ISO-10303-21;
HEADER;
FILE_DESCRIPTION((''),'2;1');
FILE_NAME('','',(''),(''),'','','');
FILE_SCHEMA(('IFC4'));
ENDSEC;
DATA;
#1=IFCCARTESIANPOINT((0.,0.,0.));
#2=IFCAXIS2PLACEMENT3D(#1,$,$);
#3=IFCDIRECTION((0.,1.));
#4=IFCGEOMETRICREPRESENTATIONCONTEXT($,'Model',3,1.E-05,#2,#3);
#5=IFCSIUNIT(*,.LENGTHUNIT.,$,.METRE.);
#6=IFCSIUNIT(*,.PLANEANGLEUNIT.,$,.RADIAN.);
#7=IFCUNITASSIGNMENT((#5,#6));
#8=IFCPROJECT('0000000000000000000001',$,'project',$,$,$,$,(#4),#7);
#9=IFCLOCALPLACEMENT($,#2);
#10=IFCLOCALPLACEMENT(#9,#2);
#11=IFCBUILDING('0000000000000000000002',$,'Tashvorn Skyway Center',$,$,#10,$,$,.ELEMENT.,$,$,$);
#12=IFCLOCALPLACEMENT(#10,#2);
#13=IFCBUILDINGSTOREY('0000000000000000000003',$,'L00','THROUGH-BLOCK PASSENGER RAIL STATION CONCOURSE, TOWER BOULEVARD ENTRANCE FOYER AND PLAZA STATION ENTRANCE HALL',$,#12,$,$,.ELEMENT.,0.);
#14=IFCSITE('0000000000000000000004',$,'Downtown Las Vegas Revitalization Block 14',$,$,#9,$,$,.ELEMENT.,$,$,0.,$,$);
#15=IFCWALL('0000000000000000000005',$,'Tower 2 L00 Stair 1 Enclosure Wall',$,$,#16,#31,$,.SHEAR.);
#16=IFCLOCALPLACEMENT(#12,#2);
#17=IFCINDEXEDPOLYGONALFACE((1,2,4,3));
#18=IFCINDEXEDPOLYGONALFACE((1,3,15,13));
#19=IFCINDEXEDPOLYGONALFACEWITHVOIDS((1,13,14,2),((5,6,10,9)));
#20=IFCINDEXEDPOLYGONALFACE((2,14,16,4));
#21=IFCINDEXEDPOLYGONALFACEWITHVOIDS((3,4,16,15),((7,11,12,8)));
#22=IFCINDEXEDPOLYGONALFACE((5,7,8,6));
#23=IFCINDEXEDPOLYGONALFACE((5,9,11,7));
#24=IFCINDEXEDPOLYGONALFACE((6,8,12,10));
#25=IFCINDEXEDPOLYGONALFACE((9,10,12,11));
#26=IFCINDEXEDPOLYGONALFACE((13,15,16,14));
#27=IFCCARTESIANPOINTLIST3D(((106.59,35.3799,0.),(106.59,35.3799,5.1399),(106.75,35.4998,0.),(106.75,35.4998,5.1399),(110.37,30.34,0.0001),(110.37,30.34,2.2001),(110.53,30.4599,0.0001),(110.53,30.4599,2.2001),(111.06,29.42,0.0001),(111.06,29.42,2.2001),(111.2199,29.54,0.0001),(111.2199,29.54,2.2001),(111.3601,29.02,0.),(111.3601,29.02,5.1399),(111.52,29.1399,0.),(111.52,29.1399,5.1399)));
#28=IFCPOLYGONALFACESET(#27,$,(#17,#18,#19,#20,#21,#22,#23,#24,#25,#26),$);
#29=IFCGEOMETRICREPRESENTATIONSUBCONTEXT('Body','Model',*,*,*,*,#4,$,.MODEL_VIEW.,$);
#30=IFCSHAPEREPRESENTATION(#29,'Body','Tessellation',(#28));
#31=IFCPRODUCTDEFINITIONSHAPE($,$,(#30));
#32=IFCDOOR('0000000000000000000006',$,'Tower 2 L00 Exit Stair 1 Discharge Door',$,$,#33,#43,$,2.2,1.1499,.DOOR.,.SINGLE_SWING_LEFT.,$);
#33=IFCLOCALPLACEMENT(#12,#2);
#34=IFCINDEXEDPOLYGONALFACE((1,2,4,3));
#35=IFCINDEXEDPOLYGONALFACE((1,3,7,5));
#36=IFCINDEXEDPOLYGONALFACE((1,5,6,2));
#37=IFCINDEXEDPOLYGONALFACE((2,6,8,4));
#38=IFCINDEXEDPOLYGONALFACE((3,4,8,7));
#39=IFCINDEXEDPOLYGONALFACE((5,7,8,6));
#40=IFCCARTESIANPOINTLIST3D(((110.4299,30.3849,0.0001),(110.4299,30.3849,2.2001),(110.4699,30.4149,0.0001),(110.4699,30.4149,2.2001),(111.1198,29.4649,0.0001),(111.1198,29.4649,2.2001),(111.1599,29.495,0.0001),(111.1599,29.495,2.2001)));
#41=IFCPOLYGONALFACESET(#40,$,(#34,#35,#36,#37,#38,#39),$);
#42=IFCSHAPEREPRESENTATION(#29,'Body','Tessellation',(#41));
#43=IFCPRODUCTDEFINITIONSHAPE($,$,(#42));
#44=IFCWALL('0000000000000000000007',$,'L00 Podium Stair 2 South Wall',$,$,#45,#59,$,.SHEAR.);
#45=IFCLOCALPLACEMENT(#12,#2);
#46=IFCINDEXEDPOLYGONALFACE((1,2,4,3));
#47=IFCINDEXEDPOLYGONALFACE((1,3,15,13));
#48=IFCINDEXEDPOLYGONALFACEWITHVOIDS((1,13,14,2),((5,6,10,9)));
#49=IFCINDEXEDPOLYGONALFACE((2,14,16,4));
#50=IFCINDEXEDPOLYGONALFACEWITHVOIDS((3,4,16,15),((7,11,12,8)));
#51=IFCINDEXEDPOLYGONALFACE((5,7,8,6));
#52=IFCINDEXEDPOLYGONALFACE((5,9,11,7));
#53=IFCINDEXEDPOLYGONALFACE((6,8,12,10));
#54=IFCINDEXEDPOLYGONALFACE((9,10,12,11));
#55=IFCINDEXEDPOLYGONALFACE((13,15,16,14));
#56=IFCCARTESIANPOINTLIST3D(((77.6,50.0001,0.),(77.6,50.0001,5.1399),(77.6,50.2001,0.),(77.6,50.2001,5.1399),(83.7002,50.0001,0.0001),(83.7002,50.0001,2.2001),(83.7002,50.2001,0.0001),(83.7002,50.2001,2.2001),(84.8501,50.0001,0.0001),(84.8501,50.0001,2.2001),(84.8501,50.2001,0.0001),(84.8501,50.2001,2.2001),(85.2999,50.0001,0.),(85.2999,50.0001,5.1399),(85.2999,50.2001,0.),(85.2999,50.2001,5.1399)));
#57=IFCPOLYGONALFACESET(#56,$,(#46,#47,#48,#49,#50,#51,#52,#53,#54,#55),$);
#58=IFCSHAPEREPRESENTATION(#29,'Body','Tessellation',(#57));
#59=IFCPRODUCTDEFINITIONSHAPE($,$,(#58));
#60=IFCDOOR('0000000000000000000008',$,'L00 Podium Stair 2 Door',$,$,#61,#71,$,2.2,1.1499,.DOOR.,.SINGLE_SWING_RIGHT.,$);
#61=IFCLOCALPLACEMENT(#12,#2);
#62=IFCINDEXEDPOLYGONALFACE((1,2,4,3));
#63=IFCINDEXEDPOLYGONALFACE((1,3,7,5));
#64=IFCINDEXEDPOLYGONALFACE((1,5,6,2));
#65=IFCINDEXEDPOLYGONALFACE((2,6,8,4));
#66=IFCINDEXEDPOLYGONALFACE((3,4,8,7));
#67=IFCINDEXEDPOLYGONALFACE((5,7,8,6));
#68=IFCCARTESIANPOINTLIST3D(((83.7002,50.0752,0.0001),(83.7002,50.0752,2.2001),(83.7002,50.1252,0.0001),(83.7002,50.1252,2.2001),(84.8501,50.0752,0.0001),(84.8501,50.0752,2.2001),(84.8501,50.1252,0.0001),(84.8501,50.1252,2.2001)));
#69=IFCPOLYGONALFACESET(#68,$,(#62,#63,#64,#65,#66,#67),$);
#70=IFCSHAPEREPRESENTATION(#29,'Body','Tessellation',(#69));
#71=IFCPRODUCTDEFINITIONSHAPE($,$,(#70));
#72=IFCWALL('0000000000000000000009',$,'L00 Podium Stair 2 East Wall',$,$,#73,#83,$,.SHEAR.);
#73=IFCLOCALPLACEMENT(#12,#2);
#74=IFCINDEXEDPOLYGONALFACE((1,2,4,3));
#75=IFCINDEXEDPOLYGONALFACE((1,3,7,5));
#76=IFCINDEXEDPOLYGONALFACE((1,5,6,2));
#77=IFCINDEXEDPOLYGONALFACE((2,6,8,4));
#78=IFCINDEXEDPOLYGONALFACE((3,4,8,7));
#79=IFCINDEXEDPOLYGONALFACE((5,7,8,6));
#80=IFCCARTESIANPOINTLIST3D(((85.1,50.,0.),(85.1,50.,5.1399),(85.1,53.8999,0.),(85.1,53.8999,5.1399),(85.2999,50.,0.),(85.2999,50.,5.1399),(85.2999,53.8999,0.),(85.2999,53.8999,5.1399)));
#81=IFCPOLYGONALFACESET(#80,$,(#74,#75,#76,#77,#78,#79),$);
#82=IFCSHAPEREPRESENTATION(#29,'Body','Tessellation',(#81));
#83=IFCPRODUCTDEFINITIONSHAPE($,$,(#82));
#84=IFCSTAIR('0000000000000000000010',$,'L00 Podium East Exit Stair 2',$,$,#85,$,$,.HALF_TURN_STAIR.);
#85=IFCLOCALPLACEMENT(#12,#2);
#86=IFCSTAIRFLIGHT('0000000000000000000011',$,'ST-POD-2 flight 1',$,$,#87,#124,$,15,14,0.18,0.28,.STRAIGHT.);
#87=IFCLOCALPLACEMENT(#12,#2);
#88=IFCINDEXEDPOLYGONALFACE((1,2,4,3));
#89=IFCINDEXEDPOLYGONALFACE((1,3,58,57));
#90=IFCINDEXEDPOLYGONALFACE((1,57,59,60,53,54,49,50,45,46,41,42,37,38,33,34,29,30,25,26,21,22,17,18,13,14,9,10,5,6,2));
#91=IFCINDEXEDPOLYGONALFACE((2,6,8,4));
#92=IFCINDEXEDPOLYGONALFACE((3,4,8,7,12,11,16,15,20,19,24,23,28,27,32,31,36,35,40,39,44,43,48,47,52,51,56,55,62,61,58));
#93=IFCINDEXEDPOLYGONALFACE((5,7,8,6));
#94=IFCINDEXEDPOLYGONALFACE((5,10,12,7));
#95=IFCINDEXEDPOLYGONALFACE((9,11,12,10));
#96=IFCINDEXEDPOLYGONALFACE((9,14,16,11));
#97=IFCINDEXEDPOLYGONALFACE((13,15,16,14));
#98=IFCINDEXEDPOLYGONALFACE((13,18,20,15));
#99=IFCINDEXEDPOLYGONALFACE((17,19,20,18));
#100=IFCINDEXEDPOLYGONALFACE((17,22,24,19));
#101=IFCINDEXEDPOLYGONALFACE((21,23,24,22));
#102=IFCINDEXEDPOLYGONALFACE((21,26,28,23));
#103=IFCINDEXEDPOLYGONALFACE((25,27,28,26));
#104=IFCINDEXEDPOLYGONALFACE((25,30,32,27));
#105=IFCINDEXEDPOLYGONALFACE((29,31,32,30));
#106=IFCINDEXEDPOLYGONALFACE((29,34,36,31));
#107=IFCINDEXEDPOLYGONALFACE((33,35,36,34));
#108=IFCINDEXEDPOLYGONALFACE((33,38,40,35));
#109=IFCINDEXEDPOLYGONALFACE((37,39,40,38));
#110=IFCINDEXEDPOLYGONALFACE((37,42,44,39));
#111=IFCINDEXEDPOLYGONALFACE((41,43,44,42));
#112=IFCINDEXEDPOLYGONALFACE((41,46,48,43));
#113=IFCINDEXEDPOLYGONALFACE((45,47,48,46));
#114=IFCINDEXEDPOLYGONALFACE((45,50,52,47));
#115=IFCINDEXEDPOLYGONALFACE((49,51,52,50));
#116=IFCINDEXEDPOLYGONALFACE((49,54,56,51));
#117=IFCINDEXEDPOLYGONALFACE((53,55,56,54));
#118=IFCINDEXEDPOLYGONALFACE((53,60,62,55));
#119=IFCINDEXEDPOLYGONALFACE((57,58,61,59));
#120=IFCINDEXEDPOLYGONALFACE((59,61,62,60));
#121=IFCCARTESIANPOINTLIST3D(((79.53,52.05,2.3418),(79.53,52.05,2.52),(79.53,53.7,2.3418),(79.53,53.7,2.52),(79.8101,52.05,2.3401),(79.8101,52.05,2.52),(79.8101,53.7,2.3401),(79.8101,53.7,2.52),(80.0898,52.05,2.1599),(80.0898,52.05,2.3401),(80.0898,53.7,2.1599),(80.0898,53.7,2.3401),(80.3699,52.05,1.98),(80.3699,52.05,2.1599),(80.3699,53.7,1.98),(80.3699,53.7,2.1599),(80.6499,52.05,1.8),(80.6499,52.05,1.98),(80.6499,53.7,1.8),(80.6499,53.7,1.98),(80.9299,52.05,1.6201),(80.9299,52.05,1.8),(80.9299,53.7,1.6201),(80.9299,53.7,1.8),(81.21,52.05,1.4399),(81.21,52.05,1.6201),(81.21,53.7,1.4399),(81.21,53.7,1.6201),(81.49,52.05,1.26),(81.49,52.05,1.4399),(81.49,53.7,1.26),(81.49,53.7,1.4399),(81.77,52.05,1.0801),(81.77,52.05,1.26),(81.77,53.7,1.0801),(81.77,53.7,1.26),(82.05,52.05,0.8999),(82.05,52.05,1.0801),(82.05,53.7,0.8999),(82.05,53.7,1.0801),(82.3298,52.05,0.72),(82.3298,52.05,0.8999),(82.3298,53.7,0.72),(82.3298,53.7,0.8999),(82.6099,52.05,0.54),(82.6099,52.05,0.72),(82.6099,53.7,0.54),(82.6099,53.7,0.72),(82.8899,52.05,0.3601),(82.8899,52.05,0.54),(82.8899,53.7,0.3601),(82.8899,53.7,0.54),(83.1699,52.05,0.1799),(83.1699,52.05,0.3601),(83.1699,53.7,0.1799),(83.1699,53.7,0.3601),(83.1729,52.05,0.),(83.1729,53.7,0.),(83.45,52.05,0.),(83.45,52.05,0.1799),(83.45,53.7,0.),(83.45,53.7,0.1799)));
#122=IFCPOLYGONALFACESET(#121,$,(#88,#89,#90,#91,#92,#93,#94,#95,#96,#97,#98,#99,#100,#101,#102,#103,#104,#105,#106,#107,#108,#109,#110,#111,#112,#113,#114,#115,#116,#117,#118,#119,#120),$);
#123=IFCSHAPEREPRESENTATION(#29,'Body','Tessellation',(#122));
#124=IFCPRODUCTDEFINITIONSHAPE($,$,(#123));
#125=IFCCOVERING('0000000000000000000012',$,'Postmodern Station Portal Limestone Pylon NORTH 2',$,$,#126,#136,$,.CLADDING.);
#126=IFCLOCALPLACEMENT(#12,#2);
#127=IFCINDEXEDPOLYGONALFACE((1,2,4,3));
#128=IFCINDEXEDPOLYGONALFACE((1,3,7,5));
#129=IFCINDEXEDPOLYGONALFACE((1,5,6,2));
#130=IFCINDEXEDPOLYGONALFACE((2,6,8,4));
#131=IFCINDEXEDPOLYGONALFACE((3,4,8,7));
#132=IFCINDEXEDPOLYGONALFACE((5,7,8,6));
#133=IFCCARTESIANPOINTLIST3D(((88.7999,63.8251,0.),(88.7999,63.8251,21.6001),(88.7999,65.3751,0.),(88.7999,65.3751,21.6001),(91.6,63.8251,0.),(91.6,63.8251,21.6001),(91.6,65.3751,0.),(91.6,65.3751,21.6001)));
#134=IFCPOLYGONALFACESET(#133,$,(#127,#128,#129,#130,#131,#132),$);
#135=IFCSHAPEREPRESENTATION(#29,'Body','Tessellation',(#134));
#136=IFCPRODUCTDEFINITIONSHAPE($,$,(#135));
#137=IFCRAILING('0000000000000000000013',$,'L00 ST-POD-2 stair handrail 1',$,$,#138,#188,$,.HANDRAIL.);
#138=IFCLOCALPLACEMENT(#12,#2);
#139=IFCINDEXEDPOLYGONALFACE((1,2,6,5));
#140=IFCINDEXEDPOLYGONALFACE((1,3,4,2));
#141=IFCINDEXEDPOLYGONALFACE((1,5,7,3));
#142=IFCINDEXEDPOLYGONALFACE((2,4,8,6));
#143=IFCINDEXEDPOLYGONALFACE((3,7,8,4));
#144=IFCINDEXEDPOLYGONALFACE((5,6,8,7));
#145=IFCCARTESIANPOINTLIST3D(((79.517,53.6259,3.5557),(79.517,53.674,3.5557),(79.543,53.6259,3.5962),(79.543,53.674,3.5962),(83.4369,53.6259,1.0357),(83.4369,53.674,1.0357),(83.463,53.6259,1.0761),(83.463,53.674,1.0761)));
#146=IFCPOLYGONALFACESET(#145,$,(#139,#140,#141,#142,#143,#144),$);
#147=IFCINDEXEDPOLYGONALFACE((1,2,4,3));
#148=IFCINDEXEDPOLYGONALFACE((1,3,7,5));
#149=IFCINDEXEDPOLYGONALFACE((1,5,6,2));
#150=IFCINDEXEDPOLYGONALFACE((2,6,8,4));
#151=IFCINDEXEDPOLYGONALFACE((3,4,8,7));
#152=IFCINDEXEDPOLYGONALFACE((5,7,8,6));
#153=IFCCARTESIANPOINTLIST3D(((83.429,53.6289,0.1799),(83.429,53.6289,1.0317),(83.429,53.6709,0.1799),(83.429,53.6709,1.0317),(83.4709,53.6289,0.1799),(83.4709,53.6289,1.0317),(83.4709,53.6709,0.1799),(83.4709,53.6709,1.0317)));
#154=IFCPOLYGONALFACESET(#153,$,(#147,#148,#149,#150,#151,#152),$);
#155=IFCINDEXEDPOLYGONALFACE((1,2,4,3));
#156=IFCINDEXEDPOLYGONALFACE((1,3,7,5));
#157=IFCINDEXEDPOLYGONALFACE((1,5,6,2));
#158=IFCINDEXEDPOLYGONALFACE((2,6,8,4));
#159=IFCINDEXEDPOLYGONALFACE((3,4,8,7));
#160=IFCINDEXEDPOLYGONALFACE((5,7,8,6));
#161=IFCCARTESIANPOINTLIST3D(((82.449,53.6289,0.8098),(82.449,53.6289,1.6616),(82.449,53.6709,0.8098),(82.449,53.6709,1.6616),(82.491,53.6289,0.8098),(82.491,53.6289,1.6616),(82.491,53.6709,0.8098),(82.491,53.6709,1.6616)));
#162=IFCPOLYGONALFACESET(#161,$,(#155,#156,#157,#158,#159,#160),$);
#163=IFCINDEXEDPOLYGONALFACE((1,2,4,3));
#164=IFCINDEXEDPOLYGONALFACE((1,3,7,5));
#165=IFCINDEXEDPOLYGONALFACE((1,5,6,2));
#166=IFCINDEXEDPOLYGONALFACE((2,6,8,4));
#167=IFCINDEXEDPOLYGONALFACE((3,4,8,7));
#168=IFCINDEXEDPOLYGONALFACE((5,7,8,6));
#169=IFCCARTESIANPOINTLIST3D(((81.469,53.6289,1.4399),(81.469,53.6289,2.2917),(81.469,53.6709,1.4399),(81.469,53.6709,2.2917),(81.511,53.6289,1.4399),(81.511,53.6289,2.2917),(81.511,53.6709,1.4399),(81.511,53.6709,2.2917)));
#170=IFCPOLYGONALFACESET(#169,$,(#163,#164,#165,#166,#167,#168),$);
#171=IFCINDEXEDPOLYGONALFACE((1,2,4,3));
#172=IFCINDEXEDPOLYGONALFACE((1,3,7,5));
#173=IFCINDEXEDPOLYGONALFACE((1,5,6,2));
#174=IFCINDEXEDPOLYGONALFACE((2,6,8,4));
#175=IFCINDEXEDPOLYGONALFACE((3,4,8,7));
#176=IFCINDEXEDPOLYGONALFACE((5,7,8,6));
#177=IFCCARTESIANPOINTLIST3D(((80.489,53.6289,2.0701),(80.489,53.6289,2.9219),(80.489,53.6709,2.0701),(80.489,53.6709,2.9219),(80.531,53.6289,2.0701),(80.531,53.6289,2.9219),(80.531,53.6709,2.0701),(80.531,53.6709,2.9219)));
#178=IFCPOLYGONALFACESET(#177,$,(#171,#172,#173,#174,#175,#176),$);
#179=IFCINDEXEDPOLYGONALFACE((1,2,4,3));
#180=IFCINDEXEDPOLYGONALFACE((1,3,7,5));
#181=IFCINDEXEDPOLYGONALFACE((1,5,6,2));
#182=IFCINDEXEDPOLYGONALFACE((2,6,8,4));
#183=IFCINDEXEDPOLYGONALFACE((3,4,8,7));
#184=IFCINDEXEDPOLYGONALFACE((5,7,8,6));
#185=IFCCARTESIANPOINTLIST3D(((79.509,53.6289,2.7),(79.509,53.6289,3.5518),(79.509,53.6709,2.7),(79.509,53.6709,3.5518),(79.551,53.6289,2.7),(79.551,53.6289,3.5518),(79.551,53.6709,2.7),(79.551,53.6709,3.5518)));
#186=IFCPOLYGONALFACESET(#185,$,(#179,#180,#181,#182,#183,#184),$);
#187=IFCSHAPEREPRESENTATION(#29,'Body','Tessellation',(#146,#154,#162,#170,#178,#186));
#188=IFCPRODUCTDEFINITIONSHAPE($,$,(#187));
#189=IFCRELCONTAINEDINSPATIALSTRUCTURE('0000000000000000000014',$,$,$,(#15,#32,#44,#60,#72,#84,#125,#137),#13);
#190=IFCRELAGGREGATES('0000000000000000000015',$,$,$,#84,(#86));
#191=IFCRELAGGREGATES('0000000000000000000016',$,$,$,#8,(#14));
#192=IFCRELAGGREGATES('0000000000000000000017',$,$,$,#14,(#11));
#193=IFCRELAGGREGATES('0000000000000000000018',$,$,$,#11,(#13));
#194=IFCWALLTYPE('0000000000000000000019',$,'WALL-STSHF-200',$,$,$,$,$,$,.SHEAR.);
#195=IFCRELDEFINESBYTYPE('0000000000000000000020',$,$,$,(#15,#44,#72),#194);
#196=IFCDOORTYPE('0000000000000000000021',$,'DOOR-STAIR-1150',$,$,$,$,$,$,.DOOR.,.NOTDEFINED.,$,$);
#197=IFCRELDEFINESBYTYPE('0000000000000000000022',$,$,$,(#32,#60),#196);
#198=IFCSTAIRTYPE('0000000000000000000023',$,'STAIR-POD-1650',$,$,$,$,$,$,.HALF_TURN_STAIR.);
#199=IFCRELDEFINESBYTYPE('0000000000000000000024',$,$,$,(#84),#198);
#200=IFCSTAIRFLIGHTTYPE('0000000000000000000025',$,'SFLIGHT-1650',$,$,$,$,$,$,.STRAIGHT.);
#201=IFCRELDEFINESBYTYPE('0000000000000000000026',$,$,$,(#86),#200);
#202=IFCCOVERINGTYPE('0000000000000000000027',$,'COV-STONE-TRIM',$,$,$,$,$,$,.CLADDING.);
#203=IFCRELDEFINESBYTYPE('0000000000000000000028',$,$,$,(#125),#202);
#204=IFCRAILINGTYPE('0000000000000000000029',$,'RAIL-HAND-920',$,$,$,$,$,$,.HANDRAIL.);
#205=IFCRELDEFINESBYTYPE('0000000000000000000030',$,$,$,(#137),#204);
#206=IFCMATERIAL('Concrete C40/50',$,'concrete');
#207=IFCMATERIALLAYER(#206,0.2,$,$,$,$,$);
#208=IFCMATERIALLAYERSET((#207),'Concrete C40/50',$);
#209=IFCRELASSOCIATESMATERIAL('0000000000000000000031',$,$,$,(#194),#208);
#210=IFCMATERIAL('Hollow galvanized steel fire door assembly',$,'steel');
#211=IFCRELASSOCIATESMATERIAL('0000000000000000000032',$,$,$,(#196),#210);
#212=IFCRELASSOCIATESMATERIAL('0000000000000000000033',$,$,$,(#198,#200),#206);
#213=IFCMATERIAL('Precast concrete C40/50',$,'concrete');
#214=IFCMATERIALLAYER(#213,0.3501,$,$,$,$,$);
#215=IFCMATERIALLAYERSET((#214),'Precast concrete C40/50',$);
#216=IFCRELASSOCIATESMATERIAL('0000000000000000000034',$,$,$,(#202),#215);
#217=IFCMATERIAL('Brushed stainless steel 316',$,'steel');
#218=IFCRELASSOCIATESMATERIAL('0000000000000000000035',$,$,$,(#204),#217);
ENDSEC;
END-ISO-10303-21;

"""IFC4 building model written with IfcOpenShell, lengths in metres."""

from ifc_helpers import new_model, si_unit, direction, frame, frame_2d, origin, origin_2d, place, context, subcontext, project, spatial, polyline, rectangle, outline, extrude, material, layer, layer_set, type_object, element, fill, aggregate, save


model = new_model("IFC4")

# Units and contexts
model_context = context("Model", 3, precision=1e-05, world=origin(), true_north=direction((0.0, 1.0)))
body_context = subcontext(model_context, "Body", "Model", "MODEL_VIEW")
ifc_project = project(units=[si_unit("LENGTHUNIT", "METRE"), si_unit("PLANEANGLEUNIT", "RADIAN")], contexts=[model_context])

# Site, building, storey
site_placement = place(None, origin())
site = spatial("IfcSite", under=ifc_project, at=site_placement, Name="Downtown Las Vegas Revitalization Block 14", CompositionType="ELEMENT", RefElevation=0.0)
building_placement = place(site_placement, origin())
building = spatial("IfcBuilding", under=site, at=building_placement, Name="Tashvorn Skyway Center", CompositionType="ELEMENT")
storey_placement = place(building_placement, origin())
storey = spatial("IfcBuildingStorey", under=building, at=storey_placement, Name="L00", Description="THROUGH-BLOCK PASSENGER RAIL STATION CONCOURSE, TOWER BOULEVARD ENTRANCE FOYER AND PLAZA STATION ENTRANCE HALL", CompositionType="ELEMENT", Elevation=0.0)

# Shared definitions
ifc_material_1 = material(Name="Precast concrete C40/50", Category="concrete")

# Walls, openings, doors
ifc_material_2 = material(Name="Hollow galvanized steel fire door assembly", Category="steel")
ifc_material_3 = material(Name="Concrete C40/50", Category="concrete")
ifc_layer_1 = layer(ifc_material_3, 0.2)
ifc_layer_set_1 = layer_set([ifc_layer_1], Name="Concrete C40/50")
wall_type_1 = type_object("IfcWallType", Name="WALL-STSHF-200", PredefinedType="SHEAR", material=ifc_layer_set_1)
wall_1_placement = place(storey_placement, frame((106.6699, 35.4399, 0.0), z_axis=(0.0, 0.0, 1.0), x_axis=(0.60001, -0.799993, 0.0)))
wall_1 = element("IfcWall", 1, at=wall_1_placement, inside=storey, type_object=wall_type_1, Name="Tower 2 L00 Stair 1 Enclosure Wall", PredefinedType="SHEAR", context=body_context, shape_type="SweptSolid", body=[
    extrude(rectangle(XDim=7.95, YDim=0.2, at=frame_2d((3.9751, 0.0))), origin(), (0.0, 0.0, 1.0), 5.1399),
])
opening_1_placement = place(wall_1_placement, frame((6.3, 0.0, 0.0)))
opening_1 = element("IfcOpeningElement", 2, at=opening_1_placement, cuts=wall_1, PredefinedType="OPENING", context=body_context, shape_type="SweptSolid", body=[
    extrude(rectangle(XDim=1.1499, YDim=2.2, at=frame_2d((0.575, 1.1001))), frame((0.0, 0.1099, 0.0), z_axis=(0.0, -1.0, 0.0), x_axis=(1.0, 0.0, 0.0)), (0.0, 0.0, 1.0), 0.22),
])
door_type_1 = type_object("IfcDoorType", Name="DOOR-STAIR-1150", OperationType="NOTDEFINED", PredefinedType="DOOR", material=ifc_material_2)
door_1_placement = place(opening_1_placement, origin())
door_1 = element("IfcDoor", 3, at=door_1_placement, inside=storey, type_object=door_type_1, Name="Tower 2 L00 Exit Stair 1 Discharge Door", OperationType="SINGLE_SWING_LEFT", OverallHeight=2.2, OverallWidth=1.1499, PredefinedType="DOOR", context=body_context, shape_type="SweptSolid", body=[
    extrude(rectangle(XDim=1.1499, YDim=2.2, at=frame_2d((0.575, 1.1001))), frame((0.0, 0.0249, 0.0), z_axis=(0.0, -1.0, 0.0), x_axis=(1.0, 0.0, 0.0)), (0.0, 0.0, 1.0), 0.05),
])
fill(opening_1, door_1)
wall_2_placement = place(storey_placement, frame((85.3, 50.1001, 0.0), z_axis=(0.0, 0.0, 1.0), x_axis=(-1.0, 0.0, 0.0)))
wall_2 = element("IfcWall", 4, at=wall_2_placement, inside=storey, type_object=wall_type_1, Name="L00 Podium Stair 2 South Wall", PredefinedType="SHEAR", context=body_context, shape_type="SweptSolid", body=[
    extrude(rectangle(XDim=7.7, YDim=0.2, at=frame_2d((3.8501, 0.0))), origin(), (0.0, 0.0, 1.0), 5.1399),
])
opening_2_placement = place(wall_2_placement, frame((0.45, 0.0, 0.0)))
opening_2 = element("IfcOpeningElement", 5, at=opening_2_placement, cuts=wall_2, PredefinedType="OPENING", context=body_context, shape_type="SweptSolid", body=[
    extrude(rectangle(XDim=1.1499, YDim=2.2, at=frame_2d((0.575, 1.1001))), frame((0.0, 0.1099, 0.0), z_axis=(0.0, -1.0, 0.0), x_axis=(1.0, 0.0, 0.0)), (0.0, 0.0, 1.0), 0.22),
])
door_2_placement = place(opening_2_placement, origin())
door_2 = element("IfcDoor", 6, at=door_2_placement, inside=storey, type_object=door_type_1, Name="L00 Podium Stair 2 Door", OperationType="SINGLE_SWING_RIGHT", OverallHeight=2.2, OverallWidth=1.1499, PredefinedType="DOOR", context=body_context, shape_type="SweptSolid", body=[
    extrude(rectangle(XDim=1.1499, YDim=2.2, at=frame_2d((0.575, 1.1001))), frame((0.0, 0.0249, 0.0), z_axis=(0.0, -1.0, 0.0), x_axis=(1.0, 0.0, 0.0)), (0.0, 0.0, 1.0), 0.05),
])
fill(opening_2, door_2)

# Wall
wall_3_placement = place(storey_placement, frame((85.2, 50.0, 0.0), z_axis=(0.0, 0.0, 1.0), x_axis=(0.0, 1.0, 0.0)))
element("IfcWall", 7, at=wall_3_placement, inside=storey, type_object=wall_type_1, Name="L00 Podium Stair 2 East Wall", PredefinedType="SHEAR", context=body_context, shape_type="SweptSolid", body=[
    extrude(rectangle(XDim=3.8999, YDim=0.2, at=frame_2d((1.95, 0.0))), origin(), (0.0, 0.0, 1.0), 5.1399),
])

# Stair, stair flight
stair_type = type_object("IfcStairType", Name="STAIR-POD-1650", PredefinedType="HALF_TURN_STAIR", material=ifc_material_3)
stair_placement = place(storey_placement, origin())
stair = element("IfcStair", 8, at=stair_placement, inside=storey, type_object=stair_type, Name="L00 Podium East Exit Stair 2", PredefinedType="HALF_TURN_STAIR")
stair_flight_type = type_object("IfcStairFlightType", Name="SFLIGHT-1650", PredefinedType="STRAIGHT", material=ifc_material_3)
stair_flight_placement = place(storey_placement, frame((83.45, 52.875, 0.0), z_axis=(0.0, 0.0, 1.0), x_axis=(-1.0, 0.0, 0.0)))
stair_flight = element("IfcStairFlight", 9, at=stair_flight_placement, type_object=stair_flight_type, Name="ST-POD-2 flight 1", NumberOfRisers=15, NumberOfTreads=14, PredefinedType="STRAIGHT", RiserHeight=0.18, TreadLength=0.28, context=body_context, shape_type="SweptSolid", body=[
    extrude(outline(polyline([(0.0, 0.0), (0.0, 0.1799), (0.28, 0.1799), (0.28, 0.3601), (0.5601, 0.3601), (0.5601, 0.54), (0.8401, 0.54), (0.8401, 0.72), (1.1201, 0.72), (1.1201, 0.8999), (1.3999, 0.8999), (1.3999, 1.0801), (1.6799, 1.0801), (1.6799, 1.26), (1.96, 1.26), (1.96, 1.4399), (2.24, 1.4399), (2.24, 1.6201), (2.52, 1.6201), (2.52, 1.8), (2.8, 1.8), (2.8, 1.98), (3.0801, 1.98), (3.0801, 2.1599), (3.3601, 2.1599), (3.3601, 2.3401), (3.6399, 2.3401), (3.6399, 2.52), (3.9199, 2.52), (3.9199, 2.7), (3.9199, 2.3418), (0.2771, 0.0), (0.0, 0.0)])), frame((0.0, 0.825, 0.0), z_axis=(0.0, -1.0, 0.0), x_axis=(1.0, 0.0, 0.0)), (0.0, 0.0, 1.0), 1.6499),
])
aggregate(stair, [stair_flight])

# Covering
ifc_layer_2 = layer(ifc_material_1, 0.3501)
ifc_layer_set_2 = layer_set([ifc_layer_2], Name="Precast concrete C40/50")
covering_type = type_object("IfcCoveringType", Name="COV-STONE-TRIM", PredefinedType="CLADDING", material=ifc_layer_set_2)
covering_placement = place(storey_placement, frame((90.2, 64.6001, 0.0), z_axis=(0.0, 0.0, 1.0), x_axis=(1.0, 0.0, 0.0)))
element("IfcCovering", 10, at=covering_placement, inside=storey, type_object=covering_type, Name="Postmodern Station Portal Limestone Pylon NORTH 2", PredefinedType="CLADDING", context=body_context, shape_type="SweptSolid", body=[
    extrude(rectangle(XDim=2.8, YDim=1.55, at=origin_2d()), origin(), (0.0, 0.0, 1.0), 21.6001),
])

# Railing
ifc_material_4 = material(Name="Brushed stainless steel 316", Category="steel")
railing_type_1 = type_object("IfcRailingType", Name="RAIL-HAND-920", PredefinedType="HANDRAIL", material=ifc_material_4)
railing_1_placement = place(storey_placement, frame((83.45, 53.6499, 0.1799)))
element("IfcRailing", 11, at=railing_1_placement, inside=storey, type_object=railing_type_1, Name="L00 ST-POD-2 stair handrail 1", PredefinedType="HANDRAIL", context=body_context, shape_type="SweptSolid", body=[
    extrude(rectangle(XDim=0.0481, YDim=0.0481, at=origin_2d()), frame((0.0, 0.0, 0.876), z_axis=(-0.841172, 0.0, 0.540768), x_axis=(0.0, -1.0, 0.0)), (0.0, 0.0, 1.0), 4.6602),
    extrude(rectangle(XDim=0.042, YDim=0.042, at=origin_2d()), origin(), (0.0, 0.0, 1.0), 0.8518),
    extrude(rectangle(XDim=0.042, YDim=0.042, at=origin_2d()), frame((-0.98, 0.0, 0.6299)), (0.0, 0.0, 1.0), 0.8518),
    extrude(rectangle(XDim=0.042, YDim=0.042, at=origin_2d()), frame((-1.96, 0.0, 1.26)), (0.0, 0.0, 1.0), 0.8518),
    extrude(rectangle(XDim=0.042, YDim=0.042, at=origin_2d()), frame((-2.9399, 0.0, 1.8901)), (0.0, 0.0, 1.0), 0.8518),
    extrude(rectangle(XDim=0.042, YDim=0.042, at=origin_2d()), frame((-3.9199, 0.0, 2.52)), (0.0, 0.0, 1.0), 0.8518),
])

save(model, "model.ifc")
